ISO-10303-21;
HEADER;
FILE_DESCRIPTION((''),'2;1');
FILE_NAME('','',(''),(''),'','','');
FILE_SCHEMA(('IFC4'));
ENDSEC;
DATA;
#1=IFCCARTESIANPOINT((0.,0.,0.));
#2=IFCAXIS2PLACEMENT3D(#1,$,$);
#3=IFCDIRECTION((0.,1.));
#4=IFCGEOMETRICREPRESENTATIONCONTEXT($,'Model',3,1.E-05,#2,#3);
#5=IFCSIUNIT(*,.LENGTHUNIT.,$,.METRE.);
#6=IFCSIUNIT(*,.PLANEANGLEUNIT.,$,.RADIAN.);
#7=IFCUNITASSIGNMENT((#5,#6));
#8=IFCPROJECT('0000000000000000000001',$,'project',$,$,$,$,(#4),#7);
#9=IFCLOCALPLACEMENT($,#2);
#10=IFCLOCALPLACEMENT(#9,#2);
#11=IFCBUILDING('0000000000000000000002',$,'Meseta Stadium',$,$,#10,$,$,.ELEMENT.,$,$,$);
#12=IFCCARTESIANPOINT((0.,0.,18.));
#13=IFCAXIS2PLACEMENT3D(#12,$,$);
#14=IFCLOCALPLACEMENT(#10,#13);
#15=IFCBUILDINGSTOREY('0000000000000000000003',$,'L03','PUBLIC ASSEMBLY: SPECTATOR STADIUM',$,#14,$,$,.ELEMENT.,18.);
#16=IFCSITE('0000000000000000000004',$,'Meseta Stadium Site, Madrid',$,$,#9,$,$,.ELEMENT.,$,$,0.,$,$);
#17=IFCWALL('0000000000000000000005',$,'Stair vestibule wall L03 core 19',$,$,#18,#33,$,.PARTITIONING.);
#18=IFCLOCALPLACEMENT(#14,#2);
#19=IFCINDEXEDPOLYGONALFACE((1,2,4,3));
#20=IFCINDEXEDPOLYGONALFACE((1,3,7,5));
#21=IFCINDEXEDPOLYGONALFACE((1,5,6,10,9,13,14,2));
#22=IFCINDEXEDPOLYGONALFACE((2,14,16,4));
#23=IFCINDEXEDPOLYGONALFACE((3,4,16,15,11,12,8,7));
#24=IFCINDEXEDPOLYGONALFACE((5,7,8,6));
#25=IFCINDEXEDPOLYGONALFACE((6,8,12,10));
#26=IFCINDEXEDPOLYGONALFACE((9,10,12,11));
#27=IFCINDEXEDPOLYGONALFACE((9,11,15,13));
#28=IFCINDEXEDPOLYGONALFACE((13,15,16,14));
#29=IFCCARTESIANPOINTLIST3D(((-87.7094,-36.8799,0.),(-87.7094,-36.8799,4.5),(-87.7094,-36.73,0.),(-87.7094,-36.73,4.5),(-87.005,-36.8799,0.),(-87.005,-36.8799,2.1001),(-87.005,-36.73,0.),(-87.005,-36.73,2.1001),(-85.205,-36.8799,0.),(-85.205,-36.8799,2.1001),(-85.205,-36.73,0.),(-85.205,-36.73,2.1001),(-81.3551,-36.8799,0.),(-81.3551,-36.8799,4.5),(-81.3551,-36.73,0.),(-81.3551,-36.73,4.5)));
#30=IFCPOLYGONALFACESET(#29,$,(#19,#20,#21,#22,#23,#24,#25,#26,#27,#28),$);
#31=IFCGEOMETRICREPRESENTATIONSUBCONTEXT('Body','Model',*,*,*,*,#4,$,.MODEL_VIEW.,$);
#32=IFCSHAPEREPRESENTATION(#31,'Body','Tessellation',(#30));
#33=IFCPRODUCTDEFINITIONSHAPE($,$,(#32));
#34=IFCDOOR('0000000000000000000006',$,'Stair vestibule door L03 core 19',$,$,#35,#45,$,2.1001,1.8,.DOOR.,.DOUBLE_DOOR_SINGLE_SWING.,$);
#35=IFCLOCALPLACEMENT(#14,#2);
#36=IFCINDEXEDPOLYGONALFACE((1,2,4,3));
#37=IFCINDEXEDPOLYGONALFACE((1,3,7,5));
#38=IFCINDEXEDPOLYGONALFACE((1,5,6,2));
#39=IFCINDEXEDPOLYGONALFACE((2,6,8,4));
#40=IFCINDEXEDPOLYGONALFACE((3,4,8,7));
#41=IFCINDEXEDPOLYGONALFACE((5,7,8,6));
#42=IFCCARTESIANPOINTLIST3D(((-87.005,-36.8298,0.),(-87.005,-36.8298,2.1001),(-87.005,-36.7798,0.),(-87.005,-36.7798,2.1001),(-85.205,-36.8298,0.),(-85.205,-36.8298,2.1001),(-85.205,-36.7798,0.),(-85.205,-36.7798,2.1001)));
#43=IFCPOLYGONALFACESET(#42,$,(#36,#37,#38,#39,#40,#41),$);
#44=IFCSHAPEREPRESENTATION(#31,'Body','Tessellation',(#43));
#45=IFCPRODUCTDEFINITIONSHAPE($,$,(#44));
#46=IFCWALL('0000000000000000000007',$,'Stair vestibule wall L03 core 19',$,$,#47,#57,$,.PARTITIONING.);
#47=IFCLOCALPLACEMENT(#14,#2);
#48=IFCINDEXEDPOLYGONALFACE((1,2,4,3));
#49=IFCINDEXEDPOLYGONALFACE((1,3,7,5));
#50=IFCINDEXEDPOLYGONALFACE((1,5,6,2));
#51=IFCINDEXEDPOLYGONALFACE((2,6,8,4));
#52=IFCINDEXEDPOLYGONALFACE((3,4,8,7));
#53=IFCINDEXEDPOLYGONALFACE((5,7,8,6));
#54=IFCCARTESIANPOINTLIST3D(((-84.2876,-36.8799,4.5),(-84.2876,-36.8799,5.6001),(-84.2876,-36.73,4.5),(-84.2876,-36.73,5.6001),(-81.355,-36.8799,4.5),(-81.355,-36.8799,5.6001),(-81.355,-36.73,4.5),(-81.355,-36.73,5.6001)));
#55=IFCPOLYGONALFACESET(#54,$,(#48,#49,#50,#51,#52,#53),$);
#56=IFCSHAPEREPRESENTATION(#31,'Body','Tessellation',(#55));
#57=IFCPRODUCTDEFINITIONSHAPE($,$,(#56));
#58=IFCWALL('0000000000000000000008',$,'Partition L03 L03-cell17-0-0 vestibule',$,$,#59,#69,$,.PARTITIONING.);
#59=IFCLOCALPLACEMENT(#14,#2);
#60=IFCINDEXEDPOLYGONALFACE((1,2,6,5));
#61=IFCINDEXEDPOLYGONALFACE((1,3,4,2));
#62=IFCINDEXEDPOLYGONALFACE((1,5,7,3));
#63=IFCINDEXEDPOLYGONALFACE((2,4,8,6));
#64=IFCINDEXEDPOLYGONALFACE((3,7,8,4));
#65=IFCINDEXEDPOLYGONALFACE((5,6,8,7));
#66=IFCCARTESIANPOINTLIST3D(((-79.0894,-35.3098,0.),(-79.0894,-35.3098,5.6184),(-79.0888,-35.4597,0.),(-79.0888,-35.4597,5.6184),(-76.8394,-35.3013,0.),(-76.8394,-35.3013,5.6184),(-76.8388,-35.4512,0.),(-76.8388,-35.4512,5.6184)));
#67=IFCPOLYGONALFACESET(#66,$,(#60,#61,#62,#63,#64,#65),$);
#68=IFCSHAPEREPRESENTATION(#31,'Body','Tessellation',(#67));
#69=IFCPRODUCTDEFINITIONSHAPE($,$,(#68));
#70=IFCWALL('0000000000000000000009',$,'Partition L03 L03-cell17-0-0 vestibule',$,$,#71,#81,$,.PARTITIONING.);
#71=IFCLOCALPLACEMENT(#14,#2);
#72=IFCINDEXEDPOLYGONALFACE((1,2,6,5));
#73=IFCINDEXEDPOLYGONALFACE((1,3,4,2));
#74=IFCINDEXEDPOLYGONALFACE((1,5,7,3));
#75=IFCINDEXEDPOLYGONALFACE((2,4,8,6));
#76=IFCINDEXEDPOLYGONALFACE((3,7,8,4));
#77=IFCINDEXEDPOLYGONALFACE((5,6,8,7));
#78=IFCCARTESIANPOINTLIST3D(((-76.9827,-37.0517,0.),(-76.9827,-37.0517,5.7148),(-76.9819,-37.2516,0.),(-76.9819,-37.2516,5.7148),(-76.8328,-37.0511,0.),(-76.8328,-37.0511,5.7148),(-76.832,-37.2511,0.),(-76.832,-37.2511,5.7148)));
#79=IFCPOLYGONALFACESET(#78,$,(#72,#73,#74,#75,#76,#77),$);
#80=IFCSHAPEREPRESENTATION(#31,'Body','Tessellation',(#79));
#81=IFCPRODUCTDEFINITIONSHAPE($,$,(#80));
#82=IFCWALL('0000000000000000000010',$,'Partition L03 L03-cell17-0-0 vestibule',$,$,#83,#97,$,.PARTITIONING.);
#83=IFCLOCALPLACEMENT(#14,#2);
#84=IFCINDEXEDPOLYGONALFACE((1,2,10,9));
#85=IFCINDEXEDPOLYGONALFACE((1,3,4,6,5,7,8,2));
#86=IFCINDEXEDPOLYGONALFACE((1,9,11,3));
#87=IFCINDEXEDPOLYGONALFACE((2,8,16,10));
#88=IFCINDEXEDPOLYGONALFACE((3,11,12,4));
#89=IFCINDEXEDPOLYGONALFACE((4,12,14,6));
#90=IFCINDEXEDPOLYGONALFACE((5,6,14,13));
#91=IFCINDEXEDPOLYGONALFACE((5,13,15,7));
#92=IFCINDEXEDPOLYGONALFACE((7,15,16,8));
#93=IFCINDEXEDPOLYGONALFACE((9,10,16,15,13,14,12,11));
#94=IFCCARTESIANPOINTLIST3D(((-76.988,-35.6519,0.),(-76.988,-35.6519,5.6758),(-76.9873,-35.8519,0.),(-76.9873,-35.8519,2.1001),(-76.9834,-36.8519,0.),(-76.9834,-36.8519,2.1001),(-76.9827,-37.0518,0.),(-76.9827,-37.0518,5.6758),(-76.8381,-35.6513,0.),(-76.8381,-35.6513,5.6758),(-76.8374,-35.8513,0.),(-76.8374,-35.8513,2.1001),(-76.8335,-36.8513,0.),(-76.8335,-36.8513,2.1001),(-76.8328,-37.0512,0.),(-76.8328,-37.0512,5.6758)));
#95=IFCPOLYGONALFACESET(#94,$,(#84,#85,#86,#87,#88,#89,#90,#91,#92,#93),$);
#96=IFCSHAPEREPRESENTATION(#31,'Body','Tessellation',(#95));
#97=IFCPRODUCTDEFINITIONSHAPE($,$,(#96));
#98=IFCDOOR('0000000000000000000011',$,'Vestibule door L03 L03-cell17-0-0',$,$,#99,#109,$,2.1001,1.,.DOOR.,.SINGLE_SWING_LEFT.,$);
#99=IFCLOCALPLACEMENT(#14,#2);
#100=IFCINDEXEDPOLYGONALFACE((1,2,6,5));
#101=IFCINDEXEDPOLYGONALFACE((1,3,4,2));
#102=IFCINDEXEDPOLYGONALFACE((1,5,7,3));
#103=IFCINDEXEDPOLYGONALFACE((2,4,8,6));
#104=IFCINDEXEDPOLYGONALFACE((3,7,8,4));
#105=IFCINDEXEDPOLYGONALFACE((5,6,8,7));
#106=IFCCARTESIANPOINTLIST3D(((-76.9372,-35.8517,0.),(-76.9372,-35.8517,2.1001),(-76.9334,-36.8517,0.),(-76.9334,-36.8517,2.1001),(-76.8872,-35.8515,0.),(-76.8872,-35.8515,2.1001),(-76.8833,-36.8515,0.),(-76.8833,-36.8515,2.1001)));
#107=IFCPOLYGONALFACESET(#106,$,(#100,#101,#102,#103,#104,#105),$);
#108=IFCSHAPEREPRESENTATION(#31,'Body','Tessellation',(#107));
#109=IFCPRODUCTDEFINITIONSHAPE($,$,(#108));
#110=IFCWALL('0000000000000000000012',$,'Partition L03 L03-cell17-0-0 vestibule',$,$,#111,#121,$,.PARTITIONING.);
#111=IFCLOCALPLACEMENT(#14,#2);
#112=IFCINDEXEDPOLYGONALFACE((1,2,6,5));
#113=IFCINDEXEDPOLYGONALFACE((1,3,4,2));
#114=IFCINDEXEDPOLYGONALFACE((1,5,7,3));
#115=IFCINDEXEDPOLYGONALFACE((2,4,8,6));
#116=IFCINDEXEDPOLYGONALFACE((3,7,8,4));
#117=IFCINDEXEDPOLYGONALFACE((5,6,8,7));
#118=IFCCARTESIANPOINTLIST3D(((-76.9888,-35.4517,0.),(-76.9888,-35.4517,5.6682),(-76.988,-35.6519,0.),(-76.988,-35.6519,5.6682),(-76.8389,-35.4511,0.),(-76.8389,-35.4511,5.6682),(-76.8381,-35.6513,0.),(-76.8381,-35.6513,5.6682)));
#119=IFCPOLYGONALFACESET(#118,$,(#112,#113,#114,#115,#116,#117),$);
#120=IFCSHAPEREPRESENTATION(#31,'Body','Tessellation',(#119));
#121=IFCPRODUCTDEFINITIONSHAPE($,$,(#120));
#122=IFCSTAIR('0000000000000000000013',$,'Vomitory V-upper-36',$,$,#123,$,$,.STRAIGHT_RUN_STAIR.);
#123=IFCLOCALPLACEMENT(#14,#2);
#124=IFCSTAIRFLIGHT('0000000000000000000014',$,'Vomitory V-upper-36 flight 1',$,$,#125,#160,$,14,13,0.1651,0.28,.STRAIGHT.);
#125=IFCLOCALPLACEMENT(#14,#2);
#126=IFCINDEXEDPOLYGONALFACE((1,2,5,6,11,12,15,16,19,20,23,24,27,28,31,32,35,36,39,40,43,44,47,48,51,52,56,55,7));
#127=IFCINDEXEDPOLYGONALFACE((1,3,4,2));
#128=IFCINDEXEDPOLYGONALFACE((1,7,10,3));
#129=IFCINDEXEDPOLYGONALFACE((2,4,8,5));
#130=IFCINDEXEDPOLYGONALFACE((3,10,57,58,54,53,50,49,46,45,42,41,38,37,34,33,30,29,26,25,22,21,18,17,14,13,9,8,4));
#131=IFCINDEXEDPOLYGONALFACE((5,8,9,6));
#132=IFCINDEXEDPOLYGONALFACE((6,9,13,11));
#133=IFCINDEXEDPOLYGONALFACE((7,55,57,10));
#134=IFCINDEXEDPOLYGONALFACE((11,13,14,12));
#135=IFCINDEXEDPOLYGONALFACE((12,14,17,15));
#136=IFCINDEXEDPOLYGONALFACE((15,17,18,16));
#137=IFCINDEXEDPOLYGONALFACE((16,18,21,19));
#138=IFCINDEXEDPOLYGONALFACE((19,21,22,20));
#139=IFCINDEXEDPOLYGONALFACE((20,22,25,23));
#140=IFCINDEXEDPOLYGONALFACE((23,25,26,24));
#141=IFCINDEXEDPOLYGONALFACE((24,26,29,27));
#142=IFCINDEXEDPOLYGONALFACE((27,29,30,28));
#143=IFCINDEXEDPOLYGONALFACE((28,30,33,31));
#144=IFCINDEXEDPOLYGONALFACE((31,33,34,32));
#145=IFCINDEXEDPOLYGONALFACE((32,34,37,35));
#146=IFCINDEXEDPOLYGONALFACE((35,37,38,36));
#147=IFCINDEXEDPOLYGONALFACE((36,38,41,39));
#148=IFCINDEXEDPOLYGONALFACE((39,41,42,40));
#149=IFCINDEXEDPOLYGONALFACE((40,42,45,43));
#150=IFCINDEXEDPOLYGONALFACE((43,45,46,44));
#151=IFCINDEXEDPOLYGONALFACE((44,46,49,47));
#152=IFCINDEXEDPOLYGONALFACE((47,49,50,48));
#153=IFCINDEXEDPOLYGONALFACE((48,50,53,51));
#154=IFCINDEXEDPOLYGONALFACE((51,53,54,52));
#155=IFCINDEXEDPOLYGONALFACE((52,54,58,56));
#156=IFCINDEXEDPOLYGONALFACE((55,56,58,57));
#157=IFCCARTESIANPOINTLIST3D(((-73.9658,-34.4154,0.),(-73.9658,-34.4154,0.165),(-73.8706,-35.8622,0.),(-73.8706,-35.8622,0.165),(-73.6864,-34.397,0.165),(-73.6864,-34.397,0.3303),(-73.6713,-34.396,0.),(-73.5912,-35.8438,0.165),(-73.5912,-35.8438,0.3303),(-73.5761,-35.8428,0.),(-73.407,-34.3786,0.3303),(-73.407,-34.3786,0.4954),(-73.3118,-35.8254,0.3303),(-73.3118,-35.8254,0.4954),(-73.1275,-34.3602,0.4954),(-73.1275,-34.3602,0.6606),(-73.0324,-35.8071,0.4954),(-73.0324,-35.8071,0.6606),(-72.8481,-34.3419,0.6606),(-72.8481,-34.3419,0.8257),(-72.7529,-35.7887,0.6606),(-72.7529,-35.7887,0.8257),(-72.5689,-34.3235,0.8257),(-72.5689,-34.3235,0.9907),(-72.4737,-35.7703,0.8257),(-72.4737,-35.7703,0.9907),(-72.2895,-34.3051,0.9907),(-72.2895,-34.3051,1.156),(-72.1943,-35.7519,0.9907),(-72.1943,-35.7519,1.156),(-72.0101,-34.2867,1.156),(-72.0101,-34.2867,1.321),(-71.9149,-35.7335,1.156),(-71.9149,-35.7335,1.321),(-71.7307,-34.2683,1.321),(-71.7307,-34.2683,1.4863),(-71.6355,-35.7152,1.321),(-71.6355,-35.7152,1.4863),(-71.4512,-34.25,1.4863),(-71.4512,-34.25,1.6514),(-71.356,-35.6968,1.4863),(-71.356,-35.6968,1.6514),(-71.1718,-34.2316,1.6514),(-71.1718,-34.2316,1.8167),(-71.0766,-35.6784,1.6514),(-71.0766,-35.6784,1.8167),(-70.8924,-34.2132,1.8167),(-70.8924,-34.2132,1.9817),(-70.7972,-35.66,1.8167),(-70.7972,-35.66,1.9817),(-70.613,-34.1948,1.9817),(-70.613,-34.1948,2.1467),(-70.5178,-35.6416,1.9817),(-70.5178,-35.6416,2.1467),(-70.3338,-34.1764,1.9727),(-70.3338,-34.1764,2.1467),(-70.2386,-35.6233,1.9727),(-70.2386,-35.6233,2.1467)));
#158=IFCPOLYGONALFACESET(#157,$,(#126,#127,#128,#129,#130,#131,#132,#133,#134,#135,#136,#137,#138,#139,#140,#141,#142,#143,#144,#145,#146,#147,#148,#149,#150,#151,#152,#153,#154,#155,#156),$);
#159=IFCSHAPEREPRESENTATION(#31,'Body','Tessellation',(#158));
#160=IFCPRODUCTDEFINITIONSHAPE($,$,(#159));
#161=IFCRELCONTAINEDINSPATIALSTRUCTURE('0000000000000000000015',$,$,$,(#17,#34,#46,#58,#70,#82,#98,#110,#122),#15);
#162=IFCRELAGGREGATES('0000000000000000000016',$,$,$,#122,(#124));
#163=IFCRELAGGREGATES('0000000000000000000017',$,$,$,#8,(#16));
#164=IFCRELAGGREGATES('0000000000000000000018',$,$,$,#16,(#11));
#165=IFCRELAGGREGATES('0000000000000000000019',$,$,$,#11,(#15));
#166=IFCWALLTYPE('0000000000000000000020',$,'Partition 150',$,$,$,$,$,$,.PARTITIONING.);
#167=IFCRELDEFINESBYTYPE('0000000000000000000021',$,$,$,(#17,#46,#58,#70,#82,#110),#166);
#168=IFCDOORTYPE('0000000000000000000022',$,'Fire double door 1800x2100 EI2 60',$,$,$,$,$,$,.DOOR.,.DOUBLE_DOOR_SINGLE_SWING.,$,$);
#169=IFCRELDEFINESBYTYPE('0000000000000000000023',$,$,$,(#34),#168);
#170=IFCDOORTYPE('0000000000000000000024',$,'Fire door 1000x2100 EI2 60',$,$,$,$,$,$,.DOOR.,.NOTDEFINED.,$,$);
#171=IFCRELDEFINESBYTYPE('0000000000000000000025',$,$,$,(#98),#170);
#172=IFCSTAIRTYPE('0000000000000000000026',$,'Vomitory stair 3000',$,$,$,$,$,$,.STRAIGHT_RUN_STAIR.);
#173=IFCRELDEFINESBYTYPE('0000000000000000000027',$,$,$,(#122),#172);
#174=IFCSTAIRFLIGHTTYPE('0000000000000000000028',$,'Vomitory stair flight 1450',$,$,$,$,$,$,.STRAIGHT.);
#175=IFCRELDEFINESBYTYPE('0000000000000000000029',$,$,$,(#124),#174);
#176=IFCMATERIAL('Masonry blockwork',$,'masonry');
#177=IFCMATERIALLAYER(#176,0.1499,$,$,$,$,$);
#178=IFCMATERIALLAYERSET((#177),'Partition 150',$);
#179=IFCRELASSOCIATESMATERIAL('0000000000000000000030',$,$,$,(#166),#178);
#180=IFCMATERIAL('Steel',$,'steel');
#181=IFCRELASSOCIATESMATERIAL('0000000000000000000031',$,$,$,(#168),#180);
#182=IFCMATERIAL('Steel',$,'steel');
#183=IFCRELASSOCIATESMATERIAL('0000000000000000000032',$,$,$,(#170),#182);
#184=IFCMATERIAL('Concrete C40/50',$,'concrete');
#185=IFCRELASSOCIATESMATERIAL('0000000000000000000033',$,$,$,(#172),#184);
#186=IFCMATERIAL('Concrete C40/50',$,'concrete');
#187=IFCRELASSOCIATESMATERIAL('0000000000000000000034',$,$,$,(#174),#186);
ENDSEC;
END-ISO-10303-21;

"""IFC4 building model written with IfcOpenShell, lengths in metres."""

from ifc_helpers import new_model, si_unit, direction, frame, frame_2d, origin, place, context, subcontext, project, spatial, polyline, rectangle, outline, extrude, material, layer, layer_set, type_object, element, fill, aggregate, save


model = new_model("IFC4")

# Units and contexts
model_context = context("Model", 3, precision=1e-05, world=origin(), true_north=direction((0.0, 1.0)))
body_context = subcontext(model_context, "Body", "Model", "MODEL_VIEW")
ifc_project = project(units=[si_unit("LENGTHUNIT", "METRE"), si_unit("PLANEANGLEUNIT", "RADIAN")], contexts=[model_context])

# Site, building, storey
site_placement = place(None, origin())
site = spatial("IfcSite", under=ifc_project, at=site_placement, Name="Meseta Stadium Site, Madrid", CompositionType="ELEMENT", RefElevation=0.0)
building_placement = place(site_placement, origin())
building = spatial("IfcBuilding", under=site, at=building_placement, Name="Meseta Stadium", CompositionType="ELEMENT")
storey_placement = place(building_placement, frame((0.0, 0.0, 18.0)))
storey = spatial("IfcBuildingStorey", under=building, at=storey_placement, Name="L03", Description="PUBLIC ASSEMBLY: SPECTATOR STADIUM", CompositionType="ELEMENT", Elevation=18.0)

# Wall, opening, door
ifc_material_1 = material(Name="Masonry blockwork", Category="masonry")
ifc_layer_1 = layer(ifc_material_1, 0.1499)
ifc_layer_set_1 = layer_set([ifc_layer_1], Name="Partition 150")
wall_type = type_object("IfcWallType", Name="Partition 150", PredefinedType="PARTITIONING", material=ifc_layer_set_1)
wall_1_placement = place(storey_placement, frame((-81.355, -36.8049, 0.0), z_axis=(0.0, 0.0, 1.0), x_axis=(-1.0, 0.0, 0.0)))
wall_1 = element("IfcWall", 1, at=wall_1_placement, inside=storey, type_object=wall_type, Name="Stair vestibule wall L03 core 19", PredefinedType="PARTITIONING", context=body_context, shape_type="SweptSolid", body=[
    extrude(rectangle(XDim=6.3542, YDim=0.1499, at=frame_2d((3.1772, 0.0))), origin(), (0.0, 0.0, 1.0), 4.5),
])
opening_1_placement = place(wall_1_placement, frame((3.8501, 0.0, 0.0)))
opening_1 = element("IfcOpeningElement", 2, at=opening_1_placement, cuts=wall_1, PredefinedType="OPENING", context=body_context, shape_type="SweptSolid", body=[
    extrude(rectangle(XDim=1.8, YDim=2.1001, at=frame_2d((0.8999, 1.05))), frame((0.0, 0.085, 0.0), z_axis=(0.0, -1.0, 0.0), x_axis=(1.0, 0.0, 0.0)), (0.0, 0.0, 1.0), 0.1699),
])
ifc_material_2 = material(Name="Steel", Category="steel")
door_type_1 = type_object("IfcDoorType", Name="Fire double door 1800x2100 EI2 60", OperationType="DOUBLE_DOOR_SINGLE_SWING", PredefinedType="DOOR", material=ifc_material_2)
door_1_placement = place(opening_1_placement, origin())
door_1 = element("IfcDoor", 3, at=door_1_placement, inside=storey, type_object=door_type_1, Name="Stair vestibule door L03 core 19", OperationType="DOUBLE_DOOR_SINGLE_SWING", OverallHeight=2.1001, OverallWidth=1.8, PredefinedType="DOOR", context=body_context, shape_type="SweptSolid", body=[
    extrude(rectangle(XDim=1.8, YDim=2.1001, at=frame_2d((0.8999, 1.05))), frame((0.0, 0.0249, 0.0), z_axis=(0.0, -1.0, 0.0), x_axis=(1.0, 0.0, 0.0)), (0.0, 0.0, 1.0), 0.05),
])
fill(opening_1, door_1)

# Walls
wall_2_placement = place(storey_placement, frame((-81.355, -36.8049, 4.5), z_axis=(0.0, 0.0, 1.0), x_axis=(-1.0, 0.0, 0.0)))
element("IfcWall", 4, at=wall_2_placement, inside=storey, type_object=wall_type, Name="Stair vestibule wall L03 core 19", PredefinedType="PARTITIONING", context=body_context, shape_type="SweptSolid", body=[
    extrude(rectangle(XDim=2.9326, YDim=0.1499, at=frame_2d((1.4663, 0.0))), origin(), (0.0, 0.0, 1.0), 1.1001),
])
wall_3_placement = place(storey_placement, frame((-79.0891, -35.3848, 0.0), z_axis=(0.0, 0.0, 1.0), x_axis=(0.999993, 0.003798, 0.0)))
element("IfcWall", 5, at=wall_3_placement, inside=storey, type_object=wall_type, Name="Partition L03 L03-cell17-0-0 vestibule", PredefinedType="PARTITIONING", context=body_context, shape_type="SweptSolid", body=[
    extrude(rectangle(XDim=2.25, YDim=0.1499, at=frame_2d((1.125, 0.0))), origin(), (0.0, 0.0, 1.0), 5.6184),
])
wall_4_placement = place(storey_placement, frame((-76.907, -37.2515, 0.0), z_axis=(0.0, 0.0, 1.0), x_axis=(-0.003663, 0.999993, 0.0)))
element("IfcWall", 6, at=wall_4_placement, inside=storey, type_object=wall_type, Name="Partition L03 L03-cell17-0-0 vestibule", PredefinedType="PARTITIONING", context=body_context, shape_type="SweptSolid", body=[
    extrude(rectangle(XDim=0.2, YDim=0.1499, at=frame_2d((0.1001, 0.0))), origin(), (0.0, 0.0, 1.0), 5.7148),
])

# Wall, opening, door
wall_5_placement = place(storey_placement, frame((-76.9077, -37.0515, 0.0), z_axis=(0.0, 0.0, 1.0), x_axis=(-0.003837, 0.999993, 0.0)))
wall_5 = element("IfcWall", 7, at=wall_5_placement, inside=storey, type_object=wall_type, Name="Partition L03 L03-cell17-0-0 vestibule", PredefinedType="PARTITIONING", context=body_context, shape_type="SweptSolid", body=[
    extrude(rectangle(XDim=1.3999, YDim=0.1499, at=frame_2d((0.7, 0.0))), origin(), (0.0, 0.0, 1.0), 5.6758),
])
opening_2_placement = place(wall_5_placement, frame((0.2, 0.0, 0.0)))
opening_2 = element("IfcOpeningElement", 8, at=opening_2_placement, cuts=wall_5, PredefinedType="OPENING", context=body_context, shape_type="SweptSolid", body=[
    extrude(rectangle(XDim=1.0, YDim=2.1001, at=frame_2d((0.5, 1.05))), frame((0.0, 0.085, 0.0), z_axis=(0.0, -1.0, 0.0), x_axis=(1.0, 0.0, 0.0)), (0.0, 0.0, 1.0), 0.1699),
])
ifc_material_3 = material(Name="Steel", Category="steel")
door_type_2 = type_object("IfcDoorType", Name="Fire door 1000x2100 EI2 60", OperationType="NOTDEFINED", PredefinedType="DOOR", material=ifc_material_3)
door_2_placement = place(opening_2_placement, origin())
door_2 = element("IfcDoor", 9, at=door_2_placement, inside=storey, type_object=door_type_2, Name="Vestibule door L03 L03-cell17-0-0", OperationType="SINGLE_SWING_LEFT", OverallHeight=2.1001, OverallWidth=1.0, PredefinedType="DOOR", context=body_context, shape_type="SweptSolid", body=[
    extrude(rectangle(XDim=1.0, YDim=2.1001, at=frame_2d((0.5, 1.05))), frame((0.0, 0.0249, 0.0), z_axis=(0.0, -1.0, 0.0), x_axis=(1.0, 0.0, 0.0)), (0.0, 0.0, 1.0), 0.05),
])
fill(opening_2, door_2)

# Wall
wall_6_placement = place(storey_placement, frame((-76.9131, -35.6516, 0.0), z_axis=(0.0, 0.0, 1.0), x_axis=(-0.003659, 0.999993, 0.0)))
element("IfcWall", 10, at=wall_6_placement, inside=storey, type_object=wall_type, Name="Partition L03 L03-cell17-0-0 vestibule", PredefinedType="PARTITIONING", context=body_context, shape_type="SweptSolid", body=[
    extrude(rectangle(XDim=0.2002, YDim=0.1499, at=frame_2d((0.1001, 0.0))), origin(), (0.0, 0.0, 1.0), 5.6682),
])

# Stair, stair flight
ifc_material_4 = material(Name="Concrete C40/50", Category="concrete")
stair_type = type_object("IfcStairType", Name="Vomitory stair 3000", PredefinedType="STRAIGHT_RUN_STAIR", material=ifc_material_4)
stair_placement = place(storey_placement, origin())
stair = element("IfcStair", 11, at=stair_placement, inside=storey, type_object=stair_type, Name="Vomitory V-upper-36", PredefinedType="STRAIGHT_RUN_STAIR")
ifc_material_5 = material(Name="Concrete C40/50", Category="concrete")
stair_flight_type = type_object("IfcStairFlightType", Name="Vomitory stair flight 1450", PredefinedType="STRAIGHT", material=ifc_material_5)
stair_flight_1_placement = place(storey_placement, frame((-73.9182, -35.1389, 0.0), z_axis=(0.0, 0.0, 1.0), x_axis=(0.997843, 0.065647, 0.0)))
stair_flight_1 = element("IfcStairFlight", 12, at=stair_flight_1_placement, type_object=stair_flight_type, Name="Vomitory V-upper-36 flight 1", NumberOfRisers=14, NumberOfTreads=13, PredefinedType="STRAIGHT", RiserHeight=0.1651, TreadLength=0.28, context=body_context, shape_type="SweptSolid", body=[
    extrude(outline(polyline([(0.0, 0.0), (0.0, 0.165), (0.28, 0.165), (0.28, 0.3303), (0.5601, 0.3303), (0.5601, 0.4954), (0.8401, 0.4954), (0.8401, 0.6606), (1.1201, 0.6606), (1.1201, 0.8257), (1.3999, 0.8257), (1.3999, 0.9907), (1.6799, 0.9907), (1.6799, 1.156), (1.96, 1.156), (1.96, 1.321), (2.24, 1.321), (2.24, 1.4863), (2.52, 1.4863), (2.52, 1.6514), (2.8, 1.6514), (2.8, 1.8167), (3.0801, 1.8167), (3.0801, 1.9817), (3.3601, 1.9817), (3.3601, 2.1467), (3.6399, 2.1467), (3.6399, 1.9727), (0.2952, 0.0), (0.0, 0.0)])), frame((0.0, 0.7251, 0.0), z_axis=(0.0, -1.0, 0.0), x_axis=(1.0, 0.0, 0.0)), (0.0, 0.0, 1.0), 1.45),
])
aggregate(stair, [stair_flight_1])

save(model, "model.ifc")
